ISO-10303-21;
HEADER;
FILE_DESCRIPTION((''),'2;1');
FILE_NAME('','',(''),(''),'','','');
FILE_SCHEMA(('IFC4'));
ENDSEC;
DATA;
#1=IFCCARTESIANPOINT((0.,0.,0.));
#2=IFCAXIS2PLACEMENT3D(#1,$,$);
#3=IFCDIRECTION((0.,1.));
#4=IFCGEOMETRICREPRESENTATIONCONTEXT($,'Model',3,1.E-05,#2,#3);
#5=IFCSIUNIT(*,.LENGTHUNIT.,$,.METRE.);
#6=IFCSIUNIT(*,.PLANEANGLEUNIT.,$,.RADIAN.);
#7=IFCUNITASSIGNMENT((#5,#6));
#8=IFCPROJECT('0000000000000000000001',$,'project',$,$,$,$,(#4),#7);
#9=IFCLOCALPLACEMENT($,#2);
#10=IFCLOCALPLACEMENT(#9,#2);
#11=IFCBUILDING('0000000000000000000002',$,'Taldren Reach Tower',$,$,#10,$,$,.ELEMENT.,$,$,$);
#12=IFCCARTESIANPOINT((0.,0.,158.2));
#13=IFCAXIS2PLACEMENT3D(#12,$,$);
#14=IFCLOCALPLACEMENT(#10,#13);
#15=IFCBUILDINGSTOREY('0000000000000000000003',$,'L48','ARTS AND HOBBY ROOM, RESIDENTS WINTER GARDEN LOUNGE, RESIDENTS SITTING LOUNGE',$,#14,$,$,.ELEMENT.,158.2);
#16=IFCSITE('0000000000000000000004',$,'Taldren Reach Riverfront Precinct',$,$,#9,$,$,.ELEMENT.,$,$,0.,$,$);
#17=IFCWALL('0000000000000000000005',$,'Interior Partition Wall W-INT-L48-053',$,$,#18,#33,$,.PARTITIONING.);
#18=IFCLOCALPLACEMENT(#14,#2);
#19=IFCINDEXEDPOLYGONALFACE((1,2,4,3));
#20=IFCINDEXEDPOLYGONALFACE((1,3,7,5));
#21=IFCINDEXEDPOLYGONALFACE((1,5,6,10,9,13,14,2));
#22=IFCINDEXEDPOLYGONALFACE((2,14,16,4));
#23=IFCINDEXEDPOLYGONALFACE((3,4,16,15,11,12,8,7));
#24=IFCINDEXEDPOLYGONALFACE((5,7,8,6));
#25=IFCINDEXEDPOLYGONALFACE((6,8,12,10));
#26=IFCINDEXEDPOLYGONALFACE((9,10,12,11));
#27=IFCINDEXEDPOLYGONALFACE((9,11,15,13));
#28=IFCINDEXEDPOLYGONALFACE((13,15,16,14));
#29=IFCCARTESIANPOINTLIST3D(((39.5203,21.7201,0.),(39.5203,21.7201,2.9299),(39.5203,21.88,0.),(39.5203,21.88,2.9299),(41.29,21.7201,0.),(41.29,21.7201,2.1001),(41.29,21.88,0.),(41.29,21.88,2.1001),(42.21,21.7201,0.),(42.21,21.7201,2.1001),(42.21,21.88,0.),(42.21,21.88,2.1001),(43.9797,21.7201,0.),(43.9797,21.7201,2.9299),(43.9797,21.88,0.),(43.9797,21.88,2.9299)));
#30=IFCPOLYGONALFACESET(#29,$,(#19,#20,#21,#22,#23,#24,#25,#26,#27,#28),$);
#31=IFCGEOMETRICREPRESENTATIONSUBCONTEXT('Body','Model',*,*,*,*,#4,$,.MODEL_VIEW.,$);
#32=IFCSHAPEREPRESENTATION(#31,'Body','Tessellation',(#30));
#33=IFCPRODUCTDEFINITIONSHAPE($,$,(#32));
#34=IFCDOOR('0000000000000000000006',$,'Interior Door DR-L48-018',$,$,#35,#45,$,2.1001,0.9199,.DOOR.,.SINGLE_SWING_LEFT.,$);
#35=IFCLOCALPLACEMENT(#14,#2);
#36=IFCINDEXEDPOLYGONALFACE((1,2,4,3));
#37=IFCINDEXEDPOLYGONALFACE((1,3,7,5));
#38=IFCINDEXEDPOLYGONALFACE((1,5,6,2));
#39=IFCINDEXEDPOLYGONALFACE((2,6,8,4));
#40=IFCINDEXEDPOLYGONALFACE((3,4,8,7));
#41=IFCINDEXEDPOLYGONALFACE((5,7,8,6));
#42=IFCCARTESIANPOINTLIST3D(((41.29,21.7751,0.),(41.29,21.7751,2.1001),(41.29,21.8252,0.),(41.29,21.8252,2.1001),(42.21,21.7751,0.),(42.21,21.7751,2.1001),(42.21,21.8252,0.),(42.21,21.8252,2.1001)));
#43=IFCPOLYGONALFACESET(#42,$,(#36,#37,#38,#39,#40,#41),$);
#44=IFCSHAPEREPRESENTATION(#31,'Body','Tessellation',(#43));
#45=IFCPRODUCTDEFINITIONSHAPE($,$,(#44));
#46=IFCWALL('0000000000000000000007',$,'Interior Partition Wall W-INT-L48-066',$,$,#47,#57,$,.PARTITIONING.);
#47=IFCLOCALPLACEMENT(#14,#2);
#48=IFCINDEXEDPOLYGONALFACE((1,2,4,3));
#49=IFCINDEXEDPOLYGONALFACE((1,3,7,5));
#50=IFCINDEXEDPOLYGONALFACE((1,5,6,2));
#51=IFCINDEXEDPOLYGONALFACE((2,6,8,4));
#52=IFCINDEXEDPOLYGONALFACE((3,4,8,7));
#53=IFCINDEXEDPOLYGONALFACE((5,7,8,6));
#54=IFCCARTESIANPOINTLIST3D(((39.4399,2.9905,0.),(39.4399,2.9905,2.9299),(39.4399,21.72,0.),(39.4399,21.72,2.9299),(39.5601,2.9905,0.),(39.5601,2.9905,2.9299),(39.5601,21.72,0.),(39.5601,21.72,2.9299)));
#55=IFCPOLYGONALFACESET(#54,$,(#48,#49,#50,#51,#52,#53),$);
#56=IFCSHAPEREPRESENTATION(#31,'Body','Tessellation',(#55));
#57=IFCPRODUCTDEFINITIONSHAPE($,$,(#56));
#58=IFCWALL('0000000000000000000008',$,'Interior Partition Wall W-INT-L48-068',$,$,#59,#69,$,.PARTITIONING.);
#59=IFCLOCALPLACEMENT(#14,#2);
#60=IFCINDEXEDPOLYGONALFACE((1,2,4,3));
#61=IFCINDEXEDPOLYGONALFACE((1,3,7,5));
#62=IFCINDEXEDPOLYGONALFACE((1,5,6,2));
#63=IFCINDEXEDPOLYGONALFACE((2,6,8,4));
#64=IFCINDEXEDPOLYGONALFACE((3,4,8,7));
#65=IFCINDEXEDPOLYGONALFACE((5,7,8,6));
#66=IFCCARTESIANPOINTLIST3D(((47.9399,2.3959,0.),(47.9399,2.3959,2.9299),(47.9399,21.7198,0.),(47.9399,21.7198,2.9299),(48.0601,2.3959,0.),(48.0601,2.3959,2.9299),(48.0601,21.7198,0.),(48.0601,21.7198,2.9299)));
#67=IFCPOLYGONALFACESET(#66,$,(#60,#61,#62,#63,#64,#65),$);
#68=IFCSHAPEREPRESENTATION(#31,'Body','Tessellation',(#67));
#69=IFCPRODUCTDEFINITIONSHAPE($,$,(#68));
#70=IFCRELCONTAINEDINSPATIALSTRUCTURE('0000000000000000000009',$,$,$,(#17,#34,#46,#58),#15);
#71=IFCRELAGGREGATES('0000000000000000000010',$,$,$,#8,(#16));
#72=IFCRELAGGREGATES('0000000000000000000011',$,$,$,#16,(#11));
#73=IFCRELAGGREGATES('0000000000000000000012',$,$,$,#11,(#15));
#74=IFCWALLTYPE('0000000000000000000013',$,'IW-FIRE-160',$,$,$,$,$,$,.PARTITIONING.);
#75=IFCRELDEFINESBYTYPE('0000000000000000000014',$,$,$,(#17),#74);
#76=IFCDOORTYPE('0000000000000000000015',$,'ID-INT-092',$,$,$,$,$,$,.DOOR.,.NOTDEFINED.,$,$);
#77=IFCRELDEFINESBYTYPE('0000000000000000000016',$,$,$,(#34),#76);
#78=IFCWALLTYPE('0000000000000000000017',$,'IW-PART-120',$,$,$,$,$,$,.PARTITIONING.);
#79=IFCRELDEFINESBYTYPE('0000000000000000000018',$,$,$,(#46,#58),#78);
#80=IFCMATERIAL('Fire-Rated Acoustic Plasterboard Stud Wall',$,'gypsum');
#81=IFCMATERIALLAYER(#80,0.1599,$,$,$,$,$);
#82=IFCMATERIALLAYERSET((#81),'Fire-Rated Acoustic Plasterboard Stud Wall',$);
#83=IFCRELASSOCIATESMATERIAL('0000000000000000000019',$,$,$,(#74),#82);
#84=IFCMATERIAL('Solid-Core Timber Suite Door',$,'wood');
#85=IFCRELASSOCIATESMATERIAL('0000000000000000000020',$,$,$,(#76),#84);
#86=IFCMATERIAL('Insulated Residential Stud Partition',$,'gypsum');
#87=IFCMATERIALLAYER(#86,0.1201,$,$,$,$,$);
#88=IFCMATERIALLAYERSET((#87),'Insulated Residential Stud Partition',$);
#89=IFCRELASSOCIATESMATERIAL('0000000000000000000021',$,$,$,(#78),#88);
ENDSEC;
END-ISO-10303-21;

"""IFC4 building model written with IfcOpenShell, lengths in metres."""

from ifc_helpers import new_model, si_unit, direction, frame, frame_2d, origin, place, context, subcontext, project, spatial, rectangle, extrude, source, transform, mapped, material, layer, layer_set, type_object, element, fill, save


model = new_model("IFC4")

# Units and contexts
model_context = context("Model", 3, precision=1e-05, world=origin(), true_north=direction((0.0, 1.0)))
body_context = subcontext(model_context, "Body", "Model", "MODEL_VIEW")
ifc_project = project(units=[si_unit("LENGTHUNIT", "METRE"), si_unit("PLANEANGLEUNIT", "RADIAN")], contexts=[model_context])

# Site, building, storey
site_placement = place(None, origin())
site = spatial("IfcSite", under=ifc_project, at=site_placement, Name="Taldren Reach Riverfront Precinct", CompositionType="ELEMENT", RefElevation=0.0)
building_placement = place(site_placement, origin())
building = spatial("IfcBuilding", under=site, at=building_placement, Name="Taldren Reach Tower", CompositionType="ELEMENT")
storey_placement = place(building_placement, frame((0.0, 0.0, 158.2)))
storey = spatial("IfcBuildingStorey", under=building, at=storey_placement, Name="L48", Description="ARTS AND HOBBY ROOM, RESIDENTS WINTER GARDEN LOUNGE, RESIDENTS SITTING LOUNGE", CompositionType="ELEMENT", Elevation=158.2)

# Wall, opening, door
ifc_material_1 = material(Name="Fire-Rated Acoustic Plasterboard Stud Wall", Category="gypsum")
ifc_layer_1 = layer(ifc_material_1, 0.1599)
ifc_layer_set_1 = layer_set([ifc_layer_1], Name="Fire-Rated Acoustic Plasterboard Stud Wall")
wall_type_1 = type_object("IfcWallType", Name="IW-FIRE-160", PredefinedType="PARTITIONING", material=ifc_layer_set_1)
shared_shape_1 = source(origin(), body_context, "Body", "SweptSolid", [
    extrude(rectangle(XDim=0.9199, YDim=2.1001, at=frame_2d((0.46, 1.05))), frame((0.0, 0.0898, 0.0), z_axis=(0.0, -1.0, 0.0), x_axis=(1.0, 0.0, 0.0)), (0.0, 0.0, 1.0), 0.1799),
])
ifc_material_2 = material(Name="Solid-Core Timber Suite Door", Category="wood")
door_type_1 = type_object("IfcDoorType", Name="ID-INT-092", OperationType="NOTDEFINED", PredefinedType="DOOR", material=ifc_material_2)
shared_shape_2 = source(origin(), body_context, "Body", "SweptSolid", [
    extrude(rectangle(XDim=0.9199, YDim=2.1001, at=frame_2d((0.46, 1.05))), frame((0.0, 0.0249, 0.0), z_axis=(0.0, -1.0, 0.0), x_axis=(1.0, 0.0, 0.0)), (0.0, 0.0, 1.0), 0.05),
])
shared_shape_3 = source(origin(), body_context, "Body", "SweptSolid", [
    extrude(rectangle(XDim=4.4595, YDim=0.1599, at=frame_2d((2.2297, 0.0))), origin(), (0.0, 0.0, 1.0), 2.9299),
])
wall_1_placement = place(storey_placement, frame((43.9797, 21.8, 0.0), z_axis=(0.0, 0.0, 1.0), x_axis=(-1.0, 0.0, 0.0)))
wall_1 = element("IfcWall", 1, at=wall_1_placement, inside=storey, type_object=wall_type_1, Name="Interior Partition Wall W-INT-L48-053", PredefinedType="PARTITIONING", context=body_context, shape_type="MappedRepresentation", body=[
    mapped(shared_shape_3, transform((0.0, 0.0, 0.0), scale=1.0)),
])
opening_1_placement = place(wall_1_placement, frame((1.7698, 0.0, 0.0)))
opening_1 = element("IfcOpeningElement", 2, at=opening_1_placement, cuts=wall_1, PredefinedType="OPENING", context=body_context, shape_type="MappedRepresentation", body=[
    mapped(shared_shape_1, transform((0.0, 0.0, 0.0), scale=1.0)),
])
door_1_placement = place(opening_1_placement, origin())
door_1 = element("IfcDoor", 3, at=door_1_placement, inside=storey, type_object=door_type_1, Name="Interior Door DR-L48-018", OperationType="SINGLE_SWING_LEFT", OverallHeight=2.1001, OverallWidth=0.9199, PredefinedType="DOOR", context=body_context, shape_type="MappedRepresentation", body=[
    mapped(shared_shape_2, transform((0.0, 0.0, 0.0), scale=1.0)),
])
fill(opening_1, door_1)

# Walls
ifc_material_3 = material(Name="Insulated Residential Stud Partition", Category="gypsum")
ifc_layer_2 = layer(ifc_material_3, 0.1201)
ifc_layer_set_2 = layer_set([ifc_layer_2], Name="Insulated Residential Stud Partition")
wall_type_2 = type_object("IfcWallType", Name="IW-PART-120", PredefinedType="PARTITIONING", material=ifc_layer_set_2)
shared_shape_4 = source(origin(), body_context, "Body", "SweptSolid", [
    extrude(rectangle(XDim=18.7295, YDim=0.1201, at=frame_2d((9.3647, 0.0))), origin(), (0.0, 0.0, 1.0), 2.9299),
])
wall_2_placement = place(storey_placement, frame((39.5, 21.72, 0.0), z_axis=(0.0, 0.0, 1.0), x_axis=(0.0, -1.0, 0.0)))
element("IfcWall", 4, at=wall_2_placement, inside=storey, type_object=wall_type_2, Name="Interior Partition Wall W-INT-L48-066", PredefinedType="PARTITIONING", context=body_context, shape_type="MappedRepresentation", body=[
    mapped(shared_shape_4, transform((0.0, 0.0, 0.0), scale=1.0)),
])
shared_shape_5 = source(origin(), body_context, "Body", "SweptSolid", [
    extrude(rectangle(XDim=19.324, YDim=0.1201, at=frame_2d((9.6621, 0.0))), origin(), (0.0, 0.0, 1.0), 2.9299),
])
wall_3_placement = place(storey_placement, frame((48.0, 21.72, 0.0), z_axis=(0.0, 0.0, 1.0), x_axis=(0.0, -1.0, 0.0)))
element("IfcWall", 5, at=wall_3_placement, inside=storey, type_object=wall_type_2, Name="Interior Partition Wall W-INT-L48-068", PredefinedType="PARTITIONING", context=body_context, shape_type="MappedRepresentation", body=[
    mapped(shared_shape_5, transform((0.0, 0.0, 0.0), scale=1.0)),
])

save(model, "model.ifc")
